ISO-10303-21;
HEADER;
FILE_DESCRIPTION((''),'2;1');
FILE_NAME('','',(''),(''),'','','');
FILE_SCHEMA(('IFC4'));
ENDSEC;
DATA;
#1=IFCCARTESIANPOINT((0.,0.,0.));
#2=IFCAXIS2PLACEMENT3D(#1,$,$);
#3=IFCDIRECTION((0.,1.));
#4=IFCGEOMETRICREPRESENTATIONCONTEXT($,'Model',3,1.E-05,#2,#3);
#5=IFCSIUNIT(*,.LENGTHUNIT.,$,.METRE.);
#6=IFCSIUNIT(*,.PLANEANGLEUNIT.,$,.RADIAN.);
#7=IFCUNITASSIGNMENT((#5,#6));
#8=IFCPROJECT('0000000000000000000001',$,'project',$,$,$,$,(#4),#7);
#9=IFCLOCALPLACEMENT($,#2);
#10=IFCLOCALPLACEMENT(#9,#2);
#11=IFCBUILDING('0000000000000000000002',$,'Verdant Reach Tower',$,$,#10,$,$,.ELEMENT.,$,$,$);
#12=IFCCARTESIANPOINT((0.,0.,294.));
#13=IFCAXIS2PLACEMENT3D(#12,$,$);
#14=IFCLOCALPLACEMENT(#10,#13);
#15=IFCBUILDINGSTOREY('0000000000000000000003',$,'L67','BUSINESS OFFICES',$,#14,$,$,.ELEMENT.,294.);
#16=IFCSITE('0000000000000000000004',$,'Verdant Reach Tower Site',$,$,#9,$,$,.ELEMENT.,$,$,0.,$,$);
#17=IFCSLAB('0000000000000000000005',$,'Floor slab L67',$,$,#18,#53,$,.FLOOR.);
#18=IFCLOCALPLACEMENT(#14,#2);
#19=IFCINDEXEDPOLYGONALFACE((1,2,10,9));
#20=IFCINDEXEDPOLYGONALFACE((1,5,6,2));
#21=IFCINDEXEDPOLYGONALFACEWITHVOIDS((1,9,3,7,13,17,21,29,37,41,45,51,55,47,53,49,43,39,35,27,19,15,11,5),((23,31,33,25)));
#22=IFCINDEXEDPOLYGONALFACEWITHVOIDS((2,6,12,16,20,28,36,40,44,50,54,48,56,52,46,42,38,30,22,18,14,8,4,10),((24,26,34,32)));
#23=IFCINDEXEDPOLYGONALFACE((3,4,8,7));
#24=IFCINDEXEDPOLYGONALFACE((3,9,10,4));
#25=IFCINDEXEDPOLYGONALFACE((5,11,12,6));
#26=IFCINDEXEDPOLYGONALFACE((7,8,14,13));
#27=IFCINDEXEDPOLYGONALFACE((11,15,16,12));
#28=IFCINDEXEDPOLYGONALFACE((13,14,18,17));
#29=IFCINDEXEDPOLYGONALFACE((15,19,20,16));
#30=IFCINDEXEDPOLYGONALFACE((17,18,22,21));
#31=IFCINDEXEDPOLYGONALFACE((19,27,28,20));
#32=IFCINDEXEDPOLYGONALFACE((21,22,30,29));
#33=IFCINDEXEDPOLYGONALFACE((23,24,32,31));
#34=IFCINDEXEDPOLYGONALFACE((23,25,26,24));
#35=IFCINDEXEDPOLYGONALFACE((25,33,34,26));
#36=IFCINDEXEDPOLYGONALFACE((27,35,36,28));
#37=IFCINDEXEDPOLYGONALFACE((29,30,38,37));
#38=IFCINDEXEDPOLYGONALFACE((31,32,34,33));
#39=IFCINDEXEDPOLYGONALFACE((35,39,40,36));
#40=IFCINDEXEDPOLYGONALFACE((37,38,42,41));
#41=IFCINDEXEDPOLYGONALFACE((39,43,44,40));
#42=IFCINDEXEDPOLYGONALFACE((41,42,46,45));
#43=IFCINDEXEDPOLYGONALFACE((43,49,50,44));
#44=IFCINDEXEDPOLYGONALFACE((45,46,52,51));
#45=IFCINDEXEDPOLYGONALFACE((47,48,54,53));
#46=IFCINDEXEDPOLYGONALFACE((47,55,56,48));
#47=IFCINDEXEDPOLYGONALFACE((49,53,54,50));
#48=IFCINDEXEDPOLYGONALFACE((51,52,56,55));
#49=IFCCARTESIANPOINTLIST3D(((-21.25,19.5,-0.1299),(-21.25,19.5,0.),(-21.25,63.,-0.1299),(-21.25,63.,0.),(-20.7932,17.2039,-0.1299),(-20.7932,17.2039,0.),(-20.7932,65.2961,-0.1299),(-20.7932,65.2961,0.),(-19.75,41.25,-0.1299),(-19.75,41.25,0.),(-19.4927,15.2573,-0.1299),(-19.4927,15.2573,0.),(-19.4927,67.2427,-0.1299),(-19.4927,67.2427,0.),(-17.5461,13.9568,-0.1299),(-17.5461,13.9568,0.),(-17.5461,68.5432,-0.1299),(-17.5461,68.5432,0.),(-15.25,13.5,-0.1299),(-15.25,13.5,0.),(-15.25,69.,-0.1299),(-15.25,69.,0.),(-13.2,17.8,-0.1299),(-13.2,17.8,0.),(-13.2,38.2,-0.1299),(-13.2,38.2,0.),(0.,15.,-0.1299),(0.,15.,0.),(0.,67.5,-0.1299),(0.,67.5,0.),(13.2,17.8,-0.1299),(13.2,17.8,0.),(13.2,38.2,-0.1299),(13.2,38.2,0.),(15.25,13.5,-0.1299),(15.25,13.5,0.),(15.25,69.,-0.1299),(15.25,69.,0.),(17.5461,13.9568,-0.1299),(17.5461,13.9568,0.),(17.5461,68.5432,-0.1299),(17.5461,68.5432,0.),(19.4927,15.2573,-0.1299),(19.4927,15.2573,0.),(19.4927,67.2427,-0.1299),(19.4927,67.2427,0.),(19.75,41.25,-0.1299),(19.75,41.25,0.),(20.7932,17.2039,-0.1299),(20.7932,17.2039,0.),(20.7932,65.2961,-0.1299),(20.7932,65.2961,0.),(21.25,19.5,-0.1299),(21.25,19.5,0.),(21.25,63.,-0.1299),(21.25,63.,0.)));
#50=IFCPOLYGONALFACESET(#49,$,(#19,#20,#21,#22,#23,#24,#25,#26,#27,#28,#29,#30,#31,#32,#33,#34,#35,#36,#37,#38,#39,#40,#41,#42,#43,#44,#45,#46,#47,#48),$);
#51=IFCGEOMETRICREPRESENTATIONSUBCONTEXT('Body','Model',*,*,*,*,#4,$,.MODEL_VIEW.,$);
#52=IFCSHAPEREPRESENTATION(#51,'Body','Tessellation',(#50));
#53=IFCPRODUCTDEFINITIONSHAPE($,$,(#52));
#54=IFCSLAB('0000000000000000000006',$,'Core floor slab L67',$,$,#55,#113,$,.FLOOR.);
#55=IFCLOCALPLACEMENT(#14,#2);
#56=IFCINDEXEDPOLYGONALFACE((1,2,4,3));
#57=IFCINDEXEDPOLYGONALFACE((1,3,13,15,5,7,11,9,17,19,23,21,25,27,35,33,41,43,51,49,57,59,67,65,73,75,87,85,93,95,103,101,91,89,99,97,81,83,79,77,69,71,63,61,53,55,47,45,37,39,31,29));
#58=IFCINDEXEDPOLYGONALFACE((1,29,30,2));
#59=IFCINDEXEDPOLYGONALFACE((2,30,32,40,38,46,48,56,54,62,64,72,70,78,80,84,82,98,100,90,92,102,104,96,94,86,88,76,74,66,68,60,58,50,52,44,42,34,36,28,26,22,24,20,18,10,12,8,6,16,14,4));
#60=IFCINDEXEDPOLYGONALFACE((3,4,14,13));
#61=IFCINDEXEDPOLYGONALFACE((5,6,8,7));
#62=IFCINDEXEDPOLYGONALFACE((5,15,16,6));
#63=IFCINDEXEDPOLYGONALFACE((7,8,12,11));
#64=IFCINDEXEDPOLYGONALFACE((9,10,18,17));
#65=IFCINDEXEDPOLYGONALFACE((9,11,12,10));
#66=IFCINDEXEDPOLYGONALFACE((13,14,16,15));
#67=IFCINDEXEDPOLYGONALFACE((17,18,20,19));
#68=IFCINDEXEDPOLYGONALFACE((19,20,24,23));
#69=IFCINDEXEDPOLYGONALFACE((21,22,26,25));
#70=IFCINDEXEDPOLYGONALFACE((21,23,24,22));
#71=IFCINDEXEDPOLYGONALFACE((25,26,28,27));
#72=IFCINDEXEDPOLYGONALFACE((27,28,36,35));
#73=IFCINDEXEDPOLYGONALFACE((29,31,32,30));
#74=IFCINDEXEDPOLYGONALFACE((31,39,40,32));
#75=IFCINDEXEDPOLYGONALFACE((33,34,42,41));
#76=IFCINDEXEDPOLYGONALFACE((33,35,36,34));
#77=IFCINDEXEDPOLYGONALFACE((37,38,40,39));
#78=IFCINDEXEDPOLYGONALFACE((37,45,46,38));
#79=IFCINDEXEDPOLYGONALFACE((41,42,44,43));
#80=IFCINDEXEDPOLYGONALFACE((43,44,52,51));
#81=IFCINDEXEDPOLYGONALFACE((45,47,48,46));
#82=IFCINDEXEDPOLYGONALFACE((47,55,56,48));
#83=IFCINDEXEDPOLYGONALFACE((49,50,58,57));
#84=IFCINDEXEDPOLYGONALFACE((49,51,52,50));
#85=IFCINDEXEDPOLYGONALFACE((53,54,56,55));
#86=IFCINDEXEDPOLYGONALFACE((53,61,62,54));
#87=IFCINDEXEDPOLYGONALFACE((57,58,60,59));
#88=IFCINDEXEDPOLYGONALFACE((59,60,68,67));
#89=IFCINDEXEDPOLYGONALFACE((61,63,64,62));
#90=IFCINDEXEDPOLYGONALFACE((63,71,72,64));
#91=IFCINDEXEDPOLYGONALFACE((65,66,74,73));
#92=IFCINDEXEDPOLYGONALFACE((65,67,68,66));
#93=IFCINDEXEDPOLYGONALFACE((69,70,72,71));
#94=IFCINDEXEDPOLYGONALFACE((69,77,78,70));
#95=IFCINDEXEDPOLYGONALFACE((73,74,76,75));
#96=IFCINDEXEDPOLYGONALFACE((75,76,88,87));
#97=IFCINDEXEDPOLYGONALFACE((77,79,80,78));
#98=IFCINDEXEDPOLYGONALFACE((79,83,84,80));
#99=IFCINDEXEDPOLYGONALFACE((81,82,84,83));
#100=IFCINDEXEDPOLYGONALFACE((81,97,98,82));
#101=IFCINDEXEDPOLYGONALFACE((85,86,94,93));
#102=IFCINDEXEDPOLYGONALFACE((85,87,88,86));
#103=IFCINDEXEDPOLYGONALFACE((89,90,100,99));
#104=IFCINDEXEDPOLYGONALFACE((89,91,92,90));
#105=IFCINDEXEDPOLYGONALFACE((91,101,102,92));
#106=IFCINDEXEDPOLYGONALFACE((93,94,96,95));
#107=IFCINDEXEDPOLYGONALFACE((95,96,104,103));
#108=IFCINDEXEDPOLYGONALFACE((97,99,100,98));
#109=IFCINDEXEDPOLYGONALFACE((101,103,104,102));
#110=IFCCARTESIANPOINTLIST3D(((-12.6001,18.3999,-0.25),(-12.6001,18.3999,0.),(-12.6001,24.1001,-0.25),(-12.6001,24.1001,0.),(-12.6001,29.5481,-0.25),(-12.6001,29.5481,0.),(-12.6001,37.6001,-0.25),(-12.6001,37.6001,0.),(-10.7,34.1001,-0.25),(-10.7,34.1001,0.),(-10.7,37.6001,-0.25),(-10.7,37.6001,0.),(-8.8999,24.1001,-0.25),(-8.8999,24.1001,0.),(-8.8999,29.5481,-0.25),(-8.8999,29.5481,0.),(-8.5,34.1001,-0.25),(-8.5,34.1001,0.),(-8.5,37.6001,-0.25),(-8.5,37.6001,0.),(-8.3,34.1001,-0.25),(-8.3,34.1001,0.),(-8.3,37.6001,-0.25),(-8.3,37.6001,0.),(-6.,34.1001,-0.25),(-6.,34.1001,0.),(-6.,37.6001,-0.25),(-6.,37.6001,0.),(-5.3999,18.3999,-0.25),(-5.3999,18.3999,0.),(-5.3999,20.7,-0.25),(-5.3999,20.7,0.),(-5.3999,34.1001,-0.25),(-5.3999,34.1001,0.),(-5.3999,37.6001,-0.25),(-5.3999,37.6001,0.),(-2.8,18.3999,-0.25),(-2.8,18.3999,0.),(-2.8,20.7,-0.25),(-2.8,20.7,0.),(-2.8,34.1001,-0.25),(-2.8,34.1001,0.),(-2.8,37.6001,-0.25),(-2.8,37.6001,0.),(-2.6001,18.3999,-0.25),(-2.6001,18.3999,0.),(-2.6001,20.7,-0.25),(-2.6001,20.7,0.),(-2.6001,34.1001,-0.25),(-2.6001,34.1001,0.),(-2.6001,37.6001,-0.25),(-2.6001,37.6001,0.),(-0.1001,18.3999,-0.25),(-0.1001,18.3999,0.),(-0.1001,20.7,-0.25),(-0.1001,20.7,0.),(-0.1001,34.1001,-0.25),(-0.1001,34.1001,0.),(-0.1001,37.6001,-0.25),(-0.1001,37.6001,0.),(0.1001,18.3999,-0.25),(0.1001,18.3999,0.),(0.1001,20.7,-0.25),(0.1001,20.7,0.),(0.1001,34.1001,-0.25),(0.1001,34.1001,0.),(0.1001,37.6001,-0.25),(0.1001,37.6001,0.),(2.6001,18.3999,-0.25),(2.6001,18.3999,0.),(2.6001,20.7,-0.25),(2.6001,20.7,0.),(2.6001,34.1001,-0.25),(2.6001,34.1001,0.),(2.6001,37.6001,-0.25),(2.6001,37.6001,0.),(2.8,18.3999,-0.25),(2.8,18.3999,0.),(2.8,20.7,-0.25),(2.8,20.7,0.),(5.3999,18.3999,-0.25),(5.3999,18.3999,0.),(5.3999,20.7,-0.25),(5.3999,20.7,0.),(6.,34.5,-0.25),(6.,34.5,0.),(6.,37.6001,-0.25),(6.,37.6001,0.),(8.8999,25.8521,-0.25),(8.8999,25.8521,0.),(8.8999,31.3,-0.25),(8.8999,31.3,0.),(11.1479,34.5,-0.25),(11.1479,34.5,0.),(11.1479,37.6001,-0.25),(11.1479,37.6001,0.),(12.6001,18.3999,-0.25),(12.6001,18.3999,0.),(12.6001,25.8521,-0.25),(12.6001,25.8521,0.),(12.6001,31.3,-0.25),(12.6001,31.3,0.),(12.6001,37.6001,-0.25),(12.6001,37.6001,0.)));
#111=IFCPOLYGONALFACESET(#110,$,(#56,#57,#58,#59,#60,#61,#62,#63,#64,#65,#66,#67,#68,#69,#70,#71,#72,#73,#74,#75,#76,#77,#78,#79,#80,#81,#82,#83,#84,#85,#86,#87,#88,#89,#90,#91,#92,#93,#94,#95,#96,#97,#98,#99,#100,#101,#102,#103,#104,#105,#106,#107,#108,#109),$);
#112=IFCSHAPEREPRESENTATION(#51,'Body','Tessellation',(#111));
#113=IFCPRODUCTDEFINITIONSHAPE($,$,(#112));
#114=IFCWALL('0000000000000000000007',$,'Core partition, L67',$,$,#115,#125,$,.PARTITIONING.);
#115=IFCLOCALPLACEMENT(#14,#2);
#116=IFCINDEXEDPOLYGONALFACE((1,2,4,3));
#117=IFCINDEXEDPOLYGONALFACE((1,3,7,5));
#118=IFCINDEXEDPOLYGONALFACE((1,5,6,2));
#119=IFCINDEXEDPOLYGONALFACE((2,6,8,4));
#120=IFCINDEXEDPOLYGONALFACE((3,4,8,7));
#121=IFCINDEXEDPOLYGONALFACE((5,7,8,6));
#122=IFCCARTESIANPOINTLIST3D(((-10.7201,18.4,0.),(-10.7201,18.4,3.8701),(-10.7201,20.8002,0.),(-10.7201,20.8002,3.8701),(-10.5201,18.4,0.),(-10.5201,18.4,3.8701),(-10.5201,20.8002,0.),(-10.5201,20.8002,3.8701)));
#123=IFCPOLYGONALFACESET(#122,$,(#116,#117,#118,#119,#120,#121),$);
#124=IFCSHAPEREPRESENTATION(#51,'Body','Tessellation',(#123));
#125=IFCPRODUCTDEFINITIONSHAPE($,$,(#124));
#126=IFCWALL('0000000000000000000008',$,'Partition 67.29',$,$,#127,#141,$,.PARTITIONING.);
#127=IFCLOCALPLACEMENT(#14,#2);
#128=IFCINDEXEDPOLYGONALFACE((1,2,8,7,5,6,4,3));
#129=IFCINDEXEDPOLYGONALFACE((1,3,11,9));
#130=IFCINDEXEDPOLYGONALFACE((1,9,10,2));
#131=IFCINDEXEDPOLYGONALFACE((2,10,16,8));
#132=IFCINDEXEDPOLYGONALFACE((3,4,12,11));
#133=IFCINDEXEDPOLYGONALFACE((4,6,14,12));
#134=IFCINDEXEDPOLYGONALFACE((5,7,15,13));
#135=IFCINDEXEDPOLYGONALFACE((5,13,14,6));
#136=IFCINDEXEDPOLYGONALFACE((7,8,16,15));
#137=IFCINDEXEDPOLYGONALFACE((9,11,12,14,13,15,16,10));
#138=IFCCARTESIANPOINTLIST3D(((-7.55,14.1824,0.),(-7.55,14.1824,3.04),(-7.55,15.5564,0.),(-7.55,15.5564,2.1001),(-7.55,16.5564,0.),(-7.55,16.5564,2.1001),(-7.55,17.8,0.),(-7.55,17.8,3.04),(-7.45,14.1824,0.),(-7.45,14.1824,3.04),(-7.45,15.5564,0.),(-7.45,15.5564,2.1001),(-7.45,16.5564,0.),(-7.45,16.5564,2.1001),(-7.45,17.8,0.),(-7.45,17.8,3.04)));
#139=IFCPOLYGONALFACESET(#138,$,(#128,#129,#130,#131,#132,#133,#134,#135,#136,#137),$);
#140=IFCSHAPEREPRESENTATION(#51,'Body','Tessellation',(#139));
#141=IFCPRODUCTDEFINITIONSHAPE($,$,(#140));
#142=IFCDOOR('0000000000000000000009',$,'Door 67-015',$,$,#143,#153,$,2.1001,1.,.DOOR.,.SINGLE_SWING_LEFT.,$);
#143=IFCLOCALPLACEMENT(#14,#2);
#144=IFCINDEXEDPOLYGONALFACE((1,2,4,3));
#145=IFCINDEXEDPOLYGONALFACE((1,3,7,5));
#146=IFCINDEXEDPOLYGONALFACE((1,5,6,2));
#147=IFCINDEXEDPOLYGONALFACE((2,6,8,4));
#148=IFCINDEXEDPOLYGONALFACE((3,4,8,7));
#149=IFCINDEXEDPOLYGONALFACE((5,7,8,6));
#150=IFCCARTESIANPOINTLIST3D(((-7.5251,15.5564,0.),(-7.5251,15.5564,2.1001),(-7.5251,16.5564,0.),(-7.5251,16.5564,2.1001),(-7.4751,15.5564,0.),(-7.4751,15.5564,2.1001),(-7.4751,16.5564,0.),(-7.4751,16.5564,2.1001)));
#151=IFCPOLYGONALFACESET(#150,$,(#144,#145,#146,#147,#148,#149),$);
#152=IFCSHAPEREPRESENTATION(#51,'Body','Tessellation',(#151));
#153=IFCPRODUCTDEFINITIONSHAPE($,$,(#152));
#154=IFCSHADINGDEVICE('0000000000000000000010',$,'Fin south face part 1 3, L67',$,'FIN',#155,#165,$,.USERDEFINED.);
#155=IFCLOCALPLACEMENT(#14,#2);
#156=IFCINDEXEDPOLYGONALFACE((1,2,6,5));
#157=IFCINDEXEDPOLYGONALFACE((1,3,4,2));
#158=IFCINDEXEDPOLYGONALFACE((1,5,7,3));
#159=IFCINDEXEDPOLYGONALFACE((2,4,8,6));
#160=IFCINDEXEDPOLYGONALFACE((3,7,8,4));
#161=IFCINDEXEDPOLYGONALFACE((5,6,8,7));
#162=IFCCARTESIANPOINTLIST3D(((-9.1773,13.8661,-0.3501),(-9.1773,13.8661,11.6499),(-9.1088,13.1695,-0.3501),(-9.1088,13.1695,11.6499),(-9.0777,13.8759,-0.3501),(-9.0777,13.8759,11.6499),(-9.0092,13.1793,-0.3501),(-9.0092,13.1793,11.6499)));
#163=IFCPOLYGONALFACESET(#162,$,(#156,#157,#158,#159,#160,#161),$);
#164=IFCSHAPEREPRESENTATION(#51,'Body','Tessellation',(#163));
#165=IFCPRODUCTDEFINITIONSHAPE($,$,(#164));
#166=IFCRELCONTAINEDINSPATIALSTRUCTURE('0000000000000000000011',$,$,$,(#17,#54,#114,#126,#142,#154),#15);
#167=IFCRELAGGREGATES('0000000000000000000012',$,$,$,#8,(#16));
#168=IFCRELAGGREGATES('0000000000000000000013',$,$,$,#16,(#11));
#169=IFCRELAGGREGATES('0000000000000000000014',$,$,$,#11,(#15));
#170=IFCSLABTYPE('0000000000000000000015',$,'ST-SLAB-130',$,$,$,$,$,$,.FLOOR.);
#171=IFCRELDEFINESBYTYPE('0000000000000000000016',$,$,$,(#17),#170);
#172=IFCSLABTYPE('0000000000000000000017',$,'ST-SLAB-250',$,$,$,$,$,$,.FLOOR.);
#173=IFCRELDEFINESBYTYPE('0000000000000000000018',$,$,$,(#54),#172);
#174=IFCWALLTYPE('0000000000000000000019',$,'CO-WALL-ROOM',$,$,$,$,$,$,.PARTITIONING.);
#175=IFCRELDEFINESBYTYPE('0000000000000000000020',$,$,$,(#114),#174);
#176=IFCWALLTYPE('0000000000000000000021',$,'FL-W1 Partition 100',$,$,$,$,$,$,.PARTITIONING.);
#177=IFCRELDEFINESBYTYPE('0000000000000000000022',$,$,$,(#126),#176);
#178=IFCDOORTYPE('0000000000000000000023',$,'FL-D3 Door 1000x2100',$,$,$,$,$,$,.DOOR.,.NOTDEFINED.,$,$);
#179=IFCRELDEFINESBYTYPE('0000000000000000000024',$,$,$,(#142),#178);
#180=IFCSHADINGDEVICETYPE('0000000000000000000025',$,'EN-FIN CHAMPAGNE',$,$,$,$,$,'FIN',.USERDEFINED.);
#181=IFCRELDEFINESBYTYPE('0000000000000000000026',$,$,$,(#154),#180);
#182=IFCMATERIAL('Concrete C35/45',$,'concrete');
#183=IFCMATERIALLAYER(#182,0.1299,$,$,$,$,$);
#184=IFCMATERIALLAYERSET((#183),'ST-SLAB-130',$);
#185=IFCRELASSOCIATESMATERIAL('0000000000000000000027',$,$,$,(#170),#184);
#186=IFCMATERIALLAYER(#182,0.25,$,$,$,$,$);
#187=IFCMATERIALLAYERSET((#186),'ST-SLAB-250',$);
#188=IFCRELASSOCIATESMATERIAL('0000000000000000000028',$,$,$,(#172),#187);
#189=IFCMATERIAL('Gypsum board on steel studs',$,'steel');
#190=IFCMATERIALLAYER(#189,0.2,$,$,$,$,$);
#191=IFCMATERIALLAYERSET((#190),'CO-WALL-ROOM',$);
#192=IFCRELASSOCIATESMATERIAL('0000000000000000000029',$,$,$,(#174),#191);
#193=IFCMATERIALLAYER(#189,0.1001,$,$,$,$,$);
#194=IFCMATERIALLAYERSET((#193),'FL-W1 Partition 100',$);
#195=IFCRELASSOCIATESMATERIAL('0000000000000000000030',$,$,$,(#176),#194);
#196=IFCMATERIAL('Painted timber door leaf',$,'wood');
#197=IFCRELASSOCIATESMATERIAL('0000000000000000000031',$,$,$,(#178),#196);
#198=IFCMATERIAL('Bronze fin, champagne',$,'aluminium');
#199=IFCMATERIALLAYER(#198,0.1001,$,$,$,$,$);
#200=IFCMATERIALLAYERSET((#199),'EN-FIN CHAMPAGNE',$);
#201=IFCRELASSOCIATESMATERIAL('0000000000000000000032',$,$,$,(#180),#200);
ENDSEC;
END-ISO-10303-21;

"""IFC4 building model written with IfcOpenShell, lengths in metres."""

from ifc_helpers import new_model, si_unit, direction, frame, frame_2d, origin, origin_2d, place, context, subcontext, project, spatial, polyline, rectangle, outline, extrude, material, layer, layer_set, type_object, element, fill, save


model = new_model("IFC4")

# Units and contexts
model_context = context("Model", 3, precision=1e-05, world=origin(), true_north=direction((0.0, 1.0)))
body_context = subcontext(model_context, "Body", "Model", "MODEL_VIEW")
ifc_project = project(units=[si_unit("LENGTHUNIT", "METRE"), si_unit("PLANEANGLEUNIT", "RADIAN")], contexts=[model_context])

# Site, building, storey
site_placement = place(None, origin())
site = spatial("IfcSite", under=ifc_project, at=site_placement, Name="Verdant Reach Tower Site", CompositionType="ELEMENT", RefElevation=0.0)
building_placement = place(site_placement, origin())
building = spatial("IfcBuilding", under=site, at=building_placement, Name="Verdant Reach Tower", CompositionType="ELEMENT")
storey_placement = place(building_placement, frame((0.0, 0.0, 294.0)))
storey = spatial("IfcBuildingStorey", under=building, at=storey_placement, Name="L67", Description="BUSINESS OFFICES", CompositionType="ELEMENT", Elevation=294.0)

# Slabs
ifc_material_1 = material(Name="Concrete C35/45", Category="concrete")
ifc_layer_1 = layer(ifc_material_1, 0.1299)
ifc_layer_set_1 = layer_set([ifc_layer_1], Name="ST-SLAB-130")
slab_type_1 = type_object("IfcSlabType", Name="ST-SLAB-130", PredefinedType="FLOOR", material=ifc_layer_set_1)
slab_1_placement = place(storey_placement, frame((0.0, 0.0, -0.1299)))
element("IfcSlab", 1, at=slab_1_placement, inside=storey, type_object=slab_type_1, Name="Floor slab L67", PredefinedType="FLOOR", context=body_context, shape_type="SweptSolid", body=[
    extrude(outline(polyline([(0.0, 15.0), (-15.25, 13.5), (-17.5461, 13.9568), (-19.4927, 15.2573), (-20.7932, 17.2039), (-21.25, 19.5), (-19.75, 41.25), (-21.25, 63.0), (-20.7932, 65.2961), (-19.4927, 67.2427), (-17.5461, 68.5432), (-15.25, 69.0), (0.0, 67.5), (15.25, 69.0), (17.5461, 68.5432), (19.4927, 67.2427), (20.7932, 65.2961), (21.25, 63.0), (19.75, 41.25), (21.25, 19.5), (20.7932, 17.2039), (19.4927, 15.2573), (17.5461, 13.9568), (15.25, 13.5), (0.0, 15.0)]), holes=[polyline([(13.2, 38.2), (-13.2, 38.2), (-13.2, 17.8), (13.2, 17.8), (13.2, 38.2)])]), origin(), (0.0, 0.0, 1.0), 0.1299),
])
ifc_layer_2 = layer(ifc_material_1, 0.25)
ifc_layer_set_2 = layer_set([ifc_layer_2], Name="ST-SLAB-250")
slab_type_2 = type_object("IfcSlabType", Name="ST-SLAB-250", PredefinedType="FLOOR", material=ifc_layer_set_2)
slab_2_placement = place(storey_placement, frame((0.0, 0.0, -0.25)))
element("IfcSlab", 2, at=slab_2_placement, inside=storey, type_object=slab_type_2, Name="Core floor slab L67", PredefinedType="FLOOR", context=body_context, shape_type="SweptSolid", body=[
    extrude(outline(polyline([(12.6001, 18.3999), (5.3999, 18.3999), (5.3999, 20.7), (2.8, 20.7), (2.8, 18.3999), (2.6001, 18.3999), (2.6001, 20.7), (0.1001, 20.7), (0.1001, 18.3999), (-0.1001, 18.3999), (-0.1001, 20.7), (-2.6001, 20.7), (-2.6001, 18.3999), (-2.8, 18.3999), (-2.8, 20.7), (-5.3999, 20.7), (-5.3999, 18.3999), (-12.6001, 18.3999), (-12.6001, 24.1001), (-8.8999, 24.1001), (-8.8999, 29.5481), (-12.6001, 29.5481), (-12.6001, 37.6001), (-10.7, 37.6001), (-10.7, 34.1001), (-8.5, 34.1001), (-8.5, 37.6001), (-8.3, 37.6001), (-8.3, 34.1001), (-6.0, 34.1001), (-6.0, 37.6001), (-5.3999, 37.6001), (-5.3999, 34.1001), (-2.8, 34.1001), (-2.8, 37.6001), (-2.6001, 37.6001), (-2.6001, 34.1001), (-0.1001, 34.1001), (-0.1001, 37.6001), (0.1001, 37.6001), (0.1001, 34.1001), (2.6001, 34.1001), (2.6001, 37.6001), (6.0, 37.6001), (6.0, 34.5), (11.1479, 34.5), (11.1479, 37.6001), (12.6001, 37.6001), (12.6001, 31.3), (8.8999, 31.3), (8.8999, 25.8521), (12.6001, 25.8521), (12.6001, 18.3999)])), origin(), (0.0, 0.0, 1.0), 0.25),
])

# Wall
ifc_material_2 = material(Name="Gypsum board on steel studs", Category="steel")
ifc_layer_3 = layer(ifc_material_2, 0.2)
ifc_layer_set_3 = layer_set([ifc_layer_3], Name="CO-WALL-ROOM")
wall_type_1 = type_object("IfcWallType", Name="CO-WALL-ROOM", PredefinedType="PARTITIONING", material=ifc_layer_set_3)
wall_1_placement = place(storey_placement, frame((-10.6201, 18.3999, 0.0), z_axis=(0.0, 0.0, 1.0), x_axis=(0.0, 1.0, 0.0)))
element("IfcWall", 3, at=wall_1_placement, inside=storey, type_object=wall_type_1, Name="Core partition, L67", PredefinedType="PARTITIONING", context=body_context, shape_type="SweptSolid", body=[
    extrude(rectangle(XDim=2.4001, YDim=0.2, at=frame_2d((1.2002, 0.0))), origin(), (0.0, 0.0, 1.0), 3.8701),
])

# Wall, opening, door
ifc_layer_4 = layer(ifc_material_2, 0.1001)
ifc_layer_set_4 = layer_set([ifc_layer_4], Name="FL-W1 Partition 100")
wall_type_2 = type_object("IfcWallType", Name="FL-W1 Partition 100", PredefinedType="PARTITIONING", material=ifc_layer_set_4)
wall_2_placement = place(storey_placement, frame((-7.5, 17.8, 0.0), z_axis=(0.0, 0.0, 1.0), x_axis=(0.0, -1.0, 0.0)))
wall_2 = element("IfcWall", 4, at=wall_2_placement, inside=storey, type_object=wall_type_2, Name="Partition 67.29", PredefinedType="PARTITIONING", context=body_context, shape_type="SweptSolid", body=[
    extrude(rectangle(XDim=3.6177, YDim=0.1001, at=frame_2d((1.8088, 0.0))), origin(), (0.0, 0.0, 1.0), 3.04),
])
opening_placement = place(wall_2_placement, frame((1.2437, 0.0, 0.0)))
opening = element("IfcOpeningElement", 5, at=opening_placement, cuts=wall_2, PredefinedType="OPENING", context=body_context, shape_type="SweptSolid", body=[
    extrude(rectangle(XDim=1.0, YDim=2.1001, at=frame_2d((0.5, 1.05))), frame((0.0, 0.0601, 0.0), z_axis=(0.0, -1.0, 0.0), x_axis=(1.0, 0.0, 0.0)), (0.0, 0.0, 1.0), 0.1201),
])
ifc_material_3 = material(Name="Painted timber door leaf", Category="wood")
door_type = type_object("IfcDoorType", Name="FL-D3 Door 1000x2100", OperationType="NOTDEFINED", PredefinedType="DOOR", material=ifc_material_3)
door_placement = place(opening_placement, origin())
door = element("IfcDoor", 6, at=door_placement, inside=storey, type_object=door_type, Name="Door 67-015", OperationType="SINGLE_SWING_LEFT", OverallHeight=2.1001, OverallWidth=1.0, PredefinedType="DOOR", context=body_context, shape_type="SweptSolid", body=[
    extrude(rectangle(XDim=1.0, YDim=2.1001, at=frame_2d((0.5, 1.05))), frame((0.0, 0.0249, 0.0), z_axis=(0.0, -1.0, 0.0), x_axis=(1.0, 0.0, 0.0)), (0.0, 0.0, 1.0), 0.05),
])
fill(opening, door)

# Shading device
ifc_material_4 = material(Name="Bronze fin, champagne", Category="aluminium")
ifc_layer_5 = layer(ifc_material_4, 0.1001)
ifc_layer_set_5 = layer_set([ifc_layer_5], Name="EN-FIN CHAMPAGNE")
shading_device_type_1 = type_object("IfcShadingDeviceType", Name="EN-FIN CHAMPAGNE", ElementType="FIN", PredefinedType="USERDEFINED", material=ifc_layer_set_5)
shading_device_1_placement = place(storey_placement, frame((-9.0933, 13.5227, -0.3501), z_axis=(0.0, 0.0, 1.0), x_axis=(0.995197, 0.097888, 0.0)))
element("IfcShadingDevice", 7, at=shading_device_1_placement, inside=storey, type_object=shading_device_type_1, Name="Fin south face part 1 3, L67", ObjectType="FIN", PredefinedType="USERDEFINED", context=body_context, shape_type="SweptSolid", body=[
    extrude(rectangle(XDim=0.1001, YDim=0.7, at=origin_2d()), origin(), (0.0, 0.0, 1.0), 12.0),
])

save(model, "model.ifc")
